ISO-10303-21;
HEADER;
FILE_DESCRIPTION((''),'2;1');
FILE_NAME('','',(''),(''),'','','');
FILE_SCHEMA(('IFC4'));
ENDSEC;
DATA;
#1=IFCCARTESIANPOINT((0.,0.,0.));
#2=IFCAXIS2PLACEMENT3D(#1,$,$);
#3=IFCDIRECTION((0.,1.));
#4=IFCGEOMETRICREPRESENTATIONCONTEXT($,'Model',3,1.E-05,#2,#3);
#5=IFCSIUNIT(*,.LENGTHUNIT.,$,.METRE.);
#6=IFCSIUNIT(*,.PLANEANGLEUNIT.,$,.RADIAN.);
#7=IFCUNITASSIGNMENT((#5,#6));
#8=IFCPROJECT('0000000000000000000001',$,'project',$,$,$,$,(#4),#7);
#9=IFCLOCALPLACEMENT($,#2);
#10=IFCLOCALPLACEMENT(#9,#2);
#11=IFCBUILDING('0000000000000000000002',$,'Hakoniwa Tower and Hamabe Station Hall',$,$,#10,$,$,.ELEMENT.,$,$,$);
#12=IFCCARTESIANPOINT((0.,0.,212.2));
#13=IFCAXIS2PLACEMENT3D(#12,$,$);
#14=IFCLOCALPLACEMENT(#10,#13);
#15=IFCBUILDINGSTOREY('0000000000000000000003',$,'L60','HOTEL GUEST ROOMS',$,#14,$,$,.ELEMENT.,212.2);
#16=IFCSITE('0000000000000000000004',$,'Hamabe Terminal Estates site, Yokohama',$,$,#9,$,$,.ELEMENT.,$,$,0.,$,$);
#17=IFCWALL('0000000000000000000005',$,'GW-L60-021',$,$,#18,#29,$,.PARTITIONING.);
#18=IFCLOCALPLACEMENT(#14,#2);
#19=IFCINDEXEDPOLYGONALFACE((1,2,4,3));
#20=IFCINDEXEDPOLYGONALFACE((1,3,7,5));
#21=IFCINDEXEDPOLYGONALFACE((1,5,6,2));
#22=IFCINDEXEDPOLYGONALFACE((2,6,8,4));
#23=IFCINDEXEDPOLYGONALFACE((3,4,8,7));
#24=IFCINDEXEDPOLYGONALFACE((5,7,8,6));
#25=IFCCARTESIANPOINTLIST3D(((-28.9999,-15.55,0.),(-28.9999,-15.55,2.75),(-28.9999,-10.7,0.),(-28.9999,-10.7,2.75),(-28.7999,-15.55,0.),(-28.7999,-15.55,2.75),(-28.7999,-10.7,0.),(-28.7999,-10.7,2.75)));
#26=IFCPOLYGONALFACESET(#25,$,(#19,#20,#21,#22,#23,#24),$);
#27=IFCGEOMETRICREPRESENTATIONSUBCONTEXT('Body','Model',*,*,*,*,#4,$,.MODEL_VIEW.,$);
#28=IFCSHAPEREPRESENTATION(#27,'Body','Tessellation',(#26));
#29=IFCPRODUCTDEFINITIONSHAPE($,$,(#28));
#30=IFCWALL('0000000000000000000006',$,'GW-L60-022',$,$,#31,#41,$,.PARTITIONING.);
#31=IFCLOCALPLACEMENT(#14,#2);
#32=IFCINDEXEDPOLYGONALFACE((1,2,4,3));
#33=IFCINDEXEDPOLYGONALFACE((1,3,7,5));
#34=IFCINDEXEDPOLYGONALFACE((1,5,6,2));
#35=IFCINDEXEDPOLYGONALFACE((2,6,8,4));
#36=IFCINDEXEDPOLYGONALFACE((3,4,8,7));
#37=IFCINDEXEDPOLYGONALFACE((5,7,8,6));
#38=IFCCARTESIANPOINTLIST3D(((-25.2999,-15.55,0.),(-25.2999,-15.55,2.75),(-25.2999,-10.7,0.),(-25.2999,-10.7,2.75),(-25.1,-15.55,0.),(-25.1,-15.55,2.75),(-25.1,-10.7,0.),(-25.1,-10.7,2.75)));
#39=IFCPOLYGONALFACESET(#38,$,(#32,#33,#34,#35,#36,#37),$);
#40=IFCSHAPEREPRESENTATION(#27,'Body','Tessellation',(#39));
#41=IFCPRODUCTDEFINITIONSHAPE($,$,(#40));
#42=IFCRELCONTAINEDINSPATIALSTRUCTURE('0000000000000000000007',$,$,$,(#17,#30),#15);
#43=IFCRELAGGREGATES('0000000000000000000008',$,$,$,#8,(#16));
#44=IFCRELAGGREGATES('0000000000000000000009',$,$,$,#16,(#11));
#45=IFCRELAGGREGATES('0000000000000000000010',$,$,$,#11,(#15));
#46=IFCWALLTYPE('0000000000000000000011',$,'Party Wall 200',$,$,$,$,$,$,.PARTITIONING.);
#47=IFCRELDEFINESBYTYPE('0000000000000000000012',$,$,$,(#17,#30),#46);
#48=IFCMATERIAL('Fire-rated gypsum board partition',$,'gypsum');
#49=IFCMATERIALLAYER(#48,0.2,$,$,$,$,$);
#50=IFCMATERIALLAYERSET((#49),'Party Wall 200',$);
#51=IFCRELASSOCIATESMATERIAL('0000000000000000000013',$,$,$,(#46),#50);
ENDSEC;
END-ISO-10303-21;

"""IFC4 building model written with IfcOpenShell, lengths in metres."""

from ifc_helpers import new_model, si_unit, direction, frame, frame_2d, origin, place, context, subcontext, project, spatial, rectangle, extrude, material, layer, layer_set, type_object, element, save


model = new_model("IFC4")

# Units and contexts
model_context = context("Model", 3, precision=1e-05, world=origin(), true_north=direction((0.0, 1.0)))
body_context = subcontext(model_context, "Body", "Model", "MODEL_VIEW")
ifc_project = project(units=[si_unit("LENGTHUNIT", "METRE"), si_unit("PLANEANGLEUNIT", "RADIAN")], contexts=[model_context])

# Site, building, storey
site_placement = place(None, origin())
site = spatial("IfcSite", under=ifc_project, at=site_placement, Name="Hamabe Terminal Estates site, Yokohama", CompositionType="ELEMENT", RefElevation=0.0)
building_placement = place(site_placement, origin())
building = spatial("IfcBuilding", under=site, at=building_placement, Name="Hakoniwa Tower and Hamabe Station Hall", CompositionType="ELEMENT")
storey_placement = place(building_placement, frame((0.0, 0.0, 212.2)))
storey = spatial("IfcBuildingStorey", under=building, at=storey_placement, Name="L60", Description="HOTEL GUEST ROOMS", CompositionType="ELEMENT", Elevation=212.2)

# Walls
ifc_material_1 = material(Name="Fire-rated gypsum board partition", Category="gypsum")
ifc_layer_1 = layer(ifc_material_1, 0.2)
ifc_layer_set_1 = layer_set([ifc_layer_1], Name="Party Wall 200")
wall_type_1 = type_object("IfcWallType", Name="Party Wall 200", PredefinedType="PARTITIONING", material=ifc_layer_set_1)
for number, where, z_axis, x_axis, name in (
    (1, (-28.8999, -15.55, 0.0), (0.0, 0.0, 1.0), (0.0, 1.0, 0.0), "GW-L60-021"),
    (2, (-25.2, -15.55, 0.0), (0.0, 0.0, 1.0), (0.0, 1.0, 0.0), "GW-L60-022"),
):
    element("IfcWall", number, at=place(storey_placement, frame(where, z_axis=z_axis, x_axis=x_axis)), inside=storey, type_object=wall_type_1, Name=name, PredefinedType="PARTITIONING", context=body_context, shape_type="SweptSolid", body=[
        extrude(rectangle(XDim=4.8501, YDim=0.2, at=frame_2d((2.425, 0.0))), origin(), (0.0, 0.0, 1.0), 2.75),
    ])

save(model, "model.ifc")
